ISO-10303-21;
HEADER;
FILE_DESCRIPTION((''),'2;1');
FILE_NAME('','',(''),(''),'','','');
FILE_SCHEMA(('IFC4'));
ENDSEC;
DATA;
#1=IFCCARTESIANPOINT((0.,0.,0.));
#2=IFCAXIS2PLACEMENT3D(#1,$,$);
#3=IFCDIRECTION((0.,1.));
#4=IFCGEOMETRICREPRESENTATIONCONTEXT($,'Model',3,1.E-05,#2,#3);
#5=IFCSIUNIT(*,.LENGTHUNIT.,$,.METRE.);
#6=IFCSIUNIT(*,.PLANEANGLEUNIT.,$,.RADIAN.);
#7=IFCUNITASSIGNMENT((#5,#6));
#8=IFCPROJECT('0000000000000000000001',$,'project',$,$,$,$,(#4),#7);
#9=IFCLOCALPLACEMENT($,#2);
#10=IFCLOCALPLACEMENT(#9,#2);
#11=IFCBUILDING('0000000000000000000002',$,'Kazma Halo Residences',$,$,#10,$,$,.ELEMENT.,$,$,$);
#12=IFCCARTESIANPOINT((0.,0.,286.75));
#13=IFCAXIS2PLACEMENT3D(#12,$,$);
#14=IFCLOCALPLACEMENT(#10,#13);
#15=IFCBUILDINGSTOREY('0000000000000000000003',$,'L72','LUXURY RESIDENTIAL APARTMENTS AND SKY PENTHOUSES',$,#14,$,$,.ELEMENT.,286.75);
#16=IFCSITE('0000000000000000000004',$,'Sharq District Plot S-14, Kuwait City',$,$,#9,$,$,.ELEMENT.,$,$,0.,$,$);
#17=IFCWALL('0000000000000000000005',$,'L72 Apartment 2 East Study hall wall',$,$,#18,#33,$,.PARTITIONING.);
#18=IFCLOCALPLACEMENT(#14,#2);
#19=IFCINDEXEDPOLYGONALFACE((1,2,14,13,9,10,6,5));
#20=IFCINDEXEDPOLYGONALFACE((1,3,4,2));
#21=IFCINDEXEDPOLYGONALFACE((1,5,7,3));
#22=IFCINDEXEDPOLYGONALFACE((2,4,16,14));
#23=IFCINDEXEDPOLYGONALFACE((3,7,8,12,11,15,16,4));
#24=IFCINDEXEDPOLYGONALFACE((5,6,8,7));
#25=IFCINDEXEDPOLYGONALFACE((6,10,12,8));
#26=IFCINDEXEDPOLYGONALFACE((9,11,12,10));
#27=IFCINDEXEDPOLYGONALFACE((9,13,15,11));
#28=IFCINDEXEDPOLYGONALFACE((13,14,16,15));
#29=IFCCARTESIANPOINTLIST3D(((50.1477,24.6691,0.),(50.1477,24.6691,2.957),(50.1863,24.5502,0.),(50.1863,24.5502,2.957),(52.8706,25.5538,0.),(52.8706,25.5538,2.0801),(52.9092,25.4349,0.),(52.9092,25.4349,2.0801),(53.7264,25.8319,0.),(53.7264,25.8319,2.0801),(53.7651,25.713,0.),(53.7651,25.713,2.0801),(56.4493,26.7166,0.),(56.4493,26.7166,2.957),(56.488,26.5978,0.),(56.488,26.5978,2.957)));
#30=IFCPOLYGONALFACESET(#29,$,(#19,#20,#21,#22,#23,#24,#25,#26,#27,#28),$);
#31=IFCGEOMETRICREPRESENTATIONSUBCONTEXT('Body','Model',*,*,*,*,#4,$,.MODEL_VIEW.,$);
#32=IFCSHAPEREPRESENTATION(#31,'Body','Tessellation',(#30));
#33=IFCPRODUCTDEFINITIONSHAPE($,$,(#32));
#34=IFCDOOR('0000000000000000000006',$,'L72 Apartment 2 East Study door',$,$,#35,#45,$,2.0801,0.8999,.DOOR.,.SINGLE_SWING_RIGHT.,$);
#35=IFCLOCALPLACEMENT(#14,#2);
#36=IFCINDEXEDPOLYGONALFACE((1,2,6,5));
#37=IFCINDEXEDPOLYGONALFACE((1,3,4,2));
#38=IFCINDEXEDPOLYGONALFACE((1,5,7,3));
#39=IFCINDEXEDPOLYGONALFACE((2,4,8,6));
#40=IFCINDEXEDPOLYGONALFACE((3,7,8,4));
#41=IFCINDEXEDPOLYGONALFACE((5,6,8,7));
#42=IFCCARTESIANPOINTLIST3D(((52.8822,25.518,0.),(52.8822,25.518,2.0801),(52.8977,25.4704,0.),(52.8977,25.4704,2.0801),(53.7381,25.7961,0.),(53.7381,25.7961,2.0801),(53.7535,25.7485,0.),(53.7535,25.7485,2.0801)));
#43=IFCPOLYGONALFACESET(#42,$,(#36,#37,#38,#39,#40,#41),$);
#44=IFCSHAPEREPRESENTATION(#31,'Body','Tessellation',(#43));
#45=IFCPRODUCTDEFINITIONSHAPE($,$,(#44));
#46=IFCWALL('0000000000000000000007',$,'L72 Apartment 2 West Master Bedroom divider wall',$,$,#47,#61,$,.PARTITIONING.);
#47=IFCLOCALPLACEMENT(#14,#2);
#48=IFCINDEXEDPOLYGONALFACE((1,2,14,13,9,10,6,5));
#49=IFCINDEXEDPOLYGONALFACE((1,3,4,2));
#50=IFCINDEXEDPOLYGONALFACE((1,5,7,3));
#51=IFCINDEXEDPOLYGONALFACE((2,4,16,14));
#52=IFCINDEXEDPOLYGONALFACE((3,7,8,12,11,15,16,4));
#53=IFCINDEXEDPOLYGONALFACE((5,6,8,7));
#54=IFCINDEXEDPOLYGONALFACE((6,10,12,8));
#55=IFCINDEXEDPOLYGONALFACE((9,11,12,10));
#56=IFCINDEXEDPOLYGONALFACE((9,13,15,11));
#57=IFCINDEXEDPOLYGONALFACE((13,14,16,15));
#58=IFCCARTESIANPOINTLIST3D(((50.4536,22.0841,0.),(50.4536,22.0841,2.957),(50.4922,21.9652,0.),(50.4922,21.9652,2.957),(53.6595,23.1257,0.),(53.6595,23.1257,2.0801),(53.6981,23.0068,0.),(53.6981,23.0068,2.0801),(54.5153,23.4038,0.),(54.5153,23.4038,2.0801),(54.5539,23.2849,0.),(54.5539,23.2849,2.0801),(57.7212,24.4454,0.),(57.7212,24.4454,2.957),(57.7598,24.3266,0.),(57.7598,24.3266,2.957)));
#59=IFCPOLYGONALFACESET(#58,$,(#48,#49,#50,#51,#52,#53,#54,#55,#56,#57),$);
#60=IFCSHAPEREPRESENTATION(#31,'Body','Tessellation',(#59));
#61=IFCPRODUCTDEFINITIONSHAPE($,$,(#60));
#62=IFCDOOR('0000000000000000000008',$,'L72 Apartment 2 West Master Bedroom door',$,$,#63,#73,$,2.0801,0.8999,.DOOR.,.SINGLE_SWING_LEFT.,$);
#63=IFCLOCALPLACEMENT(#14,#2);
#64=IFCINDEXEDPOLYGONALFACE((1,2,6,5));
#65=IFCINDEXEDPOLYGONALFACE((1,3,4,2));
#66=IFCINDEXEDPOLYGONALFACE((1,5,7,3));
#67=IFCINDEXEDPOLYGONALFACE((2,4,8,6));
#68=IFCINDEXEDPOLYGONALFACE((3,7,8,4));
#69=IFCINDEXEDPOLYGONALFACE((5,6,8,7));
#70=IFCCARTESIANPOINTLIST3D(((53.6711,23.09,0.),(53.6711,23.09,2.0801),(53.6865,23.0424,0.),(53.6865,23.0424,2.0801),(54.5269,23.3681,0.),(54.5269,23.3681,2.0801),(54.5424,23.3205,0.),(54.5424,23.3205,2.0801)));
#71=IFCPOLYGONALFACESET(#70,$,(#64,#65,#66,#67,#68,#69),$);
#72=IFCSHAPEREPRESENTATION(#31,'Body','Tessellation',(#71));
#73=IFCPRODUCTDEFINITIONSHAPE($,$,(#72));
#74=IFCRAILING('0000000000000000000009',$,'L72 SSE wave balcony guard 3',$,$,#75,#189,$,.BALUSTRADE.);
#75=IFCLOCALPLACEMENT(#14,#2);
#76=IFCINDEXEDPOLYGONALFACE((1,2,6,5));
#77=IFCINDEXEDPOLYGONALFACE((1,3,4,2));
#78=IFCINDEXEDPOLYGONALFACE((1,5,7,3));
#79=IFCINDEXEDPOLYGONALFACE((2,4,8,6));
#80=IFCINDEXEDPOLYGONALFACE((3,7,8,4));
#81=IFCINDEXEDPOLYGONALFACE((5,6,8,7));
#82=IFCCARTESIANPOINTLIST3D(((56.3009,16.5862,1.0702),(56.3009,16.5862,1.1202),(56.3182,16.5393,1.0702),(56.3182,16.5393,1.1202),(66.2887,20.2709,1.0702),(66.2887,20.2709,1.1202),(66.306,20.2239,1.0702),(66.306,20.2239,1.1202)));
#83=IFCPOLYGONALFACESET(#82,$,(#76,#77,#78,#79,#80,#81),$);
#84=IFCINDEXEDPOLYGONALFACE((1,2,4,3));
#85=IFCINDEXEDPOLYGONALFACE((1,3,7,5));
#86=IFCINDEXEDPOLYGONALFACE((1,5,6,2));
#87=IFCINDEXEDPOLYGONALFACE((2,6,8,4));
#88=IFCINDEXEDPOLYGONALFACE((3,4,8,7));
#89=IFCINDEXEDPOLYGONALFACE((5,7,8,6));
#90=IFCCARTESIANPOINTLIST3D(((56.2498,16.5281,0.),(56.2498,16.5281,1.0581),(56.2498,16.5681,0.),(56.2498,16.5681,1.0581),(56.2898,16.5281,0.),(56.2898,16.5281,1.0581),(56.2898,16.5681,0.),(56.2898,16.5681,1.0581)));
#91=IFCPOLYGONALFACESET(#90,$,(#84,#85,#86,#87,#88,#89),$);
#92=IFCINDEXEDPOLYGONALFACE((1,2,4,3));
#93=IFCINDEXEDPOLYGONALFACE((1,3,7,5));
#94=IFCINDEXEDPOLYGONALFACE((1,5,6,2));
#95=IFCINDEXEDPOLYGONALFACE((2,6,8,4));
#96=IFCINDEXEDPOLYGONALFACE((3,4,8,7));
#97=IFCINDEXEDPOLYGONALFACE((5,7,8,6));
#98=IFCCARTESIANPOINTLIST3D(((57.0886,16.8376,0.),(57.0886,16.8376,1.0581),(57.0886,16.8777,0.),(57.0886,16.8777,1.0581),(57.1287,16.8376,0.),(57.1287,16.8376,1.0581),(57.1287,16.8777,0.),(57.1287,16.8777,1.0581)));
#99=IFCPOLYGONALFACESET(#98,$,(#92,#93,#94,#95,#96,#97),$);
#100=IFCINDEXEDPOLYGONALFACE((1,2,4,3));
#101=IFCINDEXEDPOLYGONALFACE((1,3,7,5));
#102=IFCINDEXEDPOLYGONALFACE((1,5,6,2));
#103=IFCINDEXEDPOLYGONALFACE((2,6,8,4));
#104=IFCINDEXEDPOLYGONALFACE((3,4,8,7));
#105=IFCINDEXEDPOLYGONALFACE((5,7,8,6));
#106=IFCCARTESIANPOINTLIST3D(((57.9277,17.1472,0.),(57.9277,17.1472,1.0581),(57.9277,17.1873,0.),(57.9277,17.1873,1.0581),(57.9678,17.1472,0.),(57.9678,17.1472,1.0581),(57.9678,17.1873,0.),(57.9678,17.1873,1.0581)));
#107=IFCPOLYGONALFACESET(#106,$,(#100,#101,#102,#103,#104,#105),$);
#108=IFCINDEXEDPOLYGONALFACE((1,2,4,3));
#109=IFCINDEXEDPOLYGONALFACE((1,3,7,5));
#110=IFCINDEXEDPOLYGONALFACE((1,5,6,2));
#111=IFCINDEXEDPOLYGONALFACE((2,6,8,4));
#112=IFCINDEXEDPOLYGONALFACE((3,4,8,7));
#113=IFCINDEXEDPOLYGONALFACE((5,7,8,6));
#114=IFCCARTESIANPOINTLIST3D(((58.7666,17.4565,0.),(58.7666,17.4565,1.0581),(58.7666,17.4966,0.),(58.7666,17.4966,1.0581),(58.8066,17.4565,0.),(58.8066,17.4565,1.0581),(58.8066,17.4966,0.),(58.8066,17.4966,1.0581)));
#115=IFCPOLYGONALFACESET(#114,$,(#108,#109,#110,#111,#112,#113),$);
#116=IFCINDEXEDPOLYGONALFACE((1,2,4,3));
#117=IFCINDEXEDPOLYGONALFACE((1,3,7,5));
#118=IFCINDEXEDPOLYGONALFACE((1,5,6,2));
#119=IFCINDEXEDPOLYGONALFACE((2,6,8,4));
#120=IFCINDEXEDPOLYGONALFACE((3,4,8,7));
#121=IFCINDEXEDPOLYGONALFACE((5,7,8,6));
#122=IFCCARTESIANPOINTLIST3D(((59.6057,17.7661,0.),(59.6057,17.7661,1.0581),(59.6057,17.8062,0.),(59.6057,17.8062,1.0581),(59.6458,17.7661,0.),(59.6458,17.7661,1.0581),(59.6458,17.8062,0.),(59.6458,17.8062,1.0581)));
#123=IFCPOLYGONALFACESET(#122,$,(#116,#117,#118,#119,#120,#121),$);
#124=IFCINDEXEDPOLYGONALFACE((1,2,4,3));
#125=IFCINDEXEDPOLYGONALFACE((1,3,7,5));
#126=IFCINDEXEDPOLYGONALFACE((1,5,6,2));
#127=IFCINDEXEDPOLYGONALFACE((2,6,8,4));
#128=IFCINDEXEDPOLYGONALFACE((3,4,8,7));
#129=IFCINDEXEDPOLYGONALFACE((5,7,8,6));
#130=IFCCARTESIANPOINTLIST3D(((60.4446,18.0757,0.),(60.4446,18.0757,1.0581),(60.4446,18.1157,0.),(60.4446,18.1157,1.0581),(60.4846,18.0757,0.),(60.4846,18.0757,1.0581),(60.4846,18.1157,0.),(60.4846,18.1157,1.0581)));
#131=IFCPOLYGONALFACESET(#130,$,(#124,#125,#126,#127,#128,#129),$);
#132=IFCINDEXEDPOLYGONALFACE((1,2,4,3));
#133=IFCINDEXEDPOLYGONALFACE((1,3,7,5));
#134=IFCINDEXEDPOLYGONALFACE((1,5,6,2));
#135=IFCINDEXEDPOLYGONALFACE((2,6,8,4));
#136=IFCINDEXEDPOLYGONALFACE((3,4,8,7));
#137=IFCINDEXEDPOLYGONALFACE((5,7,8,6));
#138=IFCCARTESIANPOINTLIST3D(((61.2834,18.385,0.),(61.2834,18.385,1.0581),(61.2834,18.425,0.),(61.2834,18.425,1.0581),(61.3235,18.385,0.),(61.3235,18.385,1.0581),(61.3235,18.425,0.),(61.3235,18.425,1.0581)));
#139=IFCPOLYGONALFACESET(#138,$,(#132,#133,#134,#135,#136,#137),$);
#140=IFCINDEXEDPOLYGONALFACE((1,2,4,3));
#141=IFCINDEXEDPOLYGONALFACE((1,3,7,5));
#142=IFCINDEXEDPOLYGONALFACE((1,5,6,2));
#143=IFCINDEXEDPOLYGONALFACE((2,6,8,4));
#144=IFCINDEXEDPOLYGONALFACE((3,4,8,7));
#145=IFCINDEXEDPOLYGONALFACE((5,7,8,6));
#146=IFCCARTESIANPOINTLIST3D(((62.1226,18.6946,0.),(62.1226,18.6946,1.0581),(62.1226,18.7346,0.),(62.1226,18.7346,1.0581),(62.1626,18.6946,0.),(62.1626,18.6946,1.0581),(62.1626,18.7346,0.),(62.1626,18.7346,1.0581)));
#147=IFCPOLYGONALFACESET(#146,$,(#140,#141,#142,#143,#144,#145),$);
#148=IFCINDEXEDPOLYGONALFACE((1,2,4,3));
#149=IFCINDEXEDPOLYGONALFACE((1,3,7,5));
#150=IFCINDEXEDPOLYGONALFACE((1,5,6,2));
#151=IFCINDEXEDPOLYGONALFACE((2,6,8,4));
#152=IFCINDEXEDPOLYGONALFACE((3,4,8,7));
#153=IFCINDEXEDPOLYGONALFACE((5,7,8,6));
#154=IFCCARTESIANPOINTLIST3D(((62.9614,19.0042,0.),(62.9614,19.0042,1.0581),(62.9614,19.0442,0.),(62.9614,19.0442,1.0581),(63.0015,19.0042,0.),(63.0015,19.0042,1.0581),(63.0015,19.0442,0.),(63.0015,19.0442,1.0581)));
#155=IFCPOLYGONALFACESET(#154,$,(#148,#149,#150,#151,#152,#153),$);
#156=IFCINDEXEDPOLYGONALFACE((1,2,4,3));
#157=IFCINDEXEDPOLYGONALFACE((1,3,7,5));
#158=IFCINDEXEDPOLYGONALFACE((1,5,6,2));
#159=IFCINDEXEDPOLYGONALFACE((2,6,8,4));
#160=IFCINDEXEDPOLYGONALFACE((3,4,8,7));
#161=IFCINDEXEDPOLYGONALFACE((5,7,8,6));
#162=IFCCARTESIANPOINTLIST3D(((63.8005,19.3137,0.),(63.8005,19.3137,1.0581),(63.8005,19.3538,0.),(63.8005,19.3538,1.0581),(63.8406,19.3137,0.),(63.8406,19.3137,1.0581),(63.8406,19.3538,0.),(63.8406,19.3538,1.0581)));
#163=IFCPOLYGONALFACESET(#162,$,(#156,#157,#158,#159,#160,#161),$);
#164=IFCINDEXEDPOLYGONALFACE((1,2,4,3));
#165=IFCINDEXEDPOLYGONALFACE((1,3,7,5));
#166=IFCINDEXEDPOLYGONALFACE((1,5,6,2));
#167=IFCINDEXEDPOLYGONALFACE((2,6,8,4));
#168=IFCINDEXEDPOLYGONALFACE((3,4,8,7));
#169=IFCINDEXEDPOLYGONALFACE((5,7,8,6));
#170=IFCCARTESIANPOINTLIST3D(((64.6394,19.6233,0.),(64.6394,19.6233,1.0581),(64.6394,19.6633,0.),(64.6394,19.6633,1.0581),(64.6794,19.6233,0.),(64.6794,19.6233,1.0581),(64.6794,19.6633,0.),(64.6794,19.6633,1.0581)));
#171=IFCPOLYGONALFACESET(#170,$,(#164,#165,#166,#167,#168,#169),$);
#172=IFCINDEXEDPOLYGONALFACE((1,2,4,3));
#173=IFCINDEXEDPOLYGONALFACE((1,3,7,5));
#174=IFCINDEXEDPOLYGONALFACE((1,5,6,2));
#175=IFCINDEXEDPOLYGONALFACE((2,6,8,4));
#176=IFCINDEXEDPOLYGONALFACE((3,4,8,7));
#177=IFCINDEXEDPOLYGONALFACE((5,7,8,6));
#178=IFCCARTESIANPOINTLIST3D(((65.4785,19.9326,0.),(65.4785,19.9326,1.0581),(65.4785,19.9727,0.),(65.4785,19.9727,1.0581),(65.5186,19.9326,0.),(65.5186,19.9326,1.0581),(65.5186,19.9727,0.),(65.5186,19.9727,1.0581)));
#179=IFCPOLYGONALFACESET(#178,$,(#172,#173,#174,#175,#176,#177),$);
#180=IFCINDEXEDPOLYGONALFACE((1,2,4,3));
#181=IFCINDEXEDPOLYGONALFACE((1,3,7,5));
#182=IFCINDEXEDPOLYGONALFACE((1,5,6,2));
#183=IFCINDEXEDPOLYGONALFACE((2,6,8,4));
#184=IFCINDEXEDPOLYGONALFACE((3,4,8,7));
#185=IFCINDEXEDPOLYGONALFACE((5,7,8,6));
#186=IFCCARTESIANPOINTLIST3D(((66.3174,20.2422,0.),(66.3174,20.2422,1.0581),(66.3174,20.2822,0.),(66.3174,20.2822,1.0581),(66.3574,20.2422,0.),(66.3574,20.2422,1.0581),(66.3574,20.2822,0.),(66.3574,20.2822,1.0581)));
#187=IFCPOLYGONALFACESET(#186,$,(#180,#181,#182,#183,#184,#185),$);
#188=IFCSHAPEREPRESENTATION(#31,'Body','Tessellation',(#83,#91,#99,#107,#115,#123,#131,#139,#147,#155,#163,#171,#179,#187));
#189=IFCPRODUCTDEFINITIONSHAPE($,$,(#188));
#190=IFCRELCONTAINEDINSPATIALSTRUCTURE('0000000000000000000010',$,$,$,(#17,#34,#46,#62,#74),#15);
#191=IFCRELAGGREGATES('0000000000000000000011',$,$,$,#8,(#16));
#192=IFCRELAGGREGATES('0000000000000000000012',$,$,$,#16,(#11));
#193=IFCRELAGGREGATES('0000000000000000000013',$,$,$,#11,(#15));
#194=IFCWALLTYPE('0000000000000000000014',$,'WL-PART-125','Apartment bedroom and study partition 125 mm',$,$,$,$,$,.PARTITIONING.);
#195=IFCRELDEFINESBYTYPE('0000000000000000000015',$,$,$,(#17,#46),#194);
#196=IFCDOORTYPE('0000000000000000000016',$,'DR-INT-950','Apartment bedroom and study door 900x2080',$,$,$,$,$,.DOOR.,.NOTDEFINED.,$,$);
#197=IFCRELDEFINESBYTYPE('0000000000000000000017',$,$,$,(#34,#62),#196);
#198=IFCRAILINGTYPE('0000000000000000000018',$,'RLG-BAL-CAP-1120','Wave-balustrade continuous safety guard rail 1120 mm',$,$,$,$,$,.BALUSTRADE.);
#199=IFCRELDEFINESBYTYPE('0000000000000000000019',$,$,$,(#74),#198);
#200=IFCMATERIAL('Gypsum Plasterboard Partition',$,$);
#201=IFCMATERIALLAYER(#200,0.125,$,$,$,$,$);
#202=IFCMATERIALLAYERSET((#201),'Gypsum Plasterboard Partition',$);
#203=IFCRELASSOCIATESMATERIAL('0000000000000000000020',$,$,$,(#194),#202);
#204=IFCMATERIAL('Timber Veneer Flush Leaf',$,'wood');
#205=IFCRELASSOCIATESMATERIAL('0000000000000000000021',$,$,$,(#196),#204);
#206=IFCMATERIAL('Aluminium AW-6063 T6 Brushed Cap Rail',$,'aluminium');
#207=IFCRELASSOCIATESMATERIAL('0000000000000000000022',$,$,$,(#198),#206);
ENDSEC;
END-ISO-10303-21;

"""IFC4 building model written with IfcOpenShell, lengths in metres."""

from ifc_helpers import new_model, si_unit, direction, frame, frame_2d, origin, origin_2d, place, context, subcontext, project, spatial, rectangle, extrude, material, layer, layer_set, type_object, element, fill, save


model = new_model("IFC4")

# Units and contexts
model_context = context("Model", 3, precision=1e-05, world=origin(), true_north=direction((0.0, 1.0)))
body_context = subcontext(model_context, "Body", "Model", "MODEL_VIEW")
ifc_project = project(units=[si_unit("LENGTHUNIT", "METRE"), si_unit("PLANEANGLEUNIT", "RADIAN")], contexts=[model_context])

# Site, building, storey
site_placement = place(None, origin())
site = spatial("IfcSite", under=ifc_project, at=site_placement, Name="Sharq District Plot S-14, Kuwait City", CompositionType="ELEMENT", RefElevation=0.0)
building_placement = place(site_placement, origin())
building = spatial("IfcBuilding", under=site, at=building_placement, Name="Kazma Halo Residences", CompositionType="ELEMENT")
storey_placement = place(building_placement, frame((0.0, 0.0, 286.75)))
storey = spatial("IfcBuildingStorey", under=building, at=storey_placement, Name="L72", Description="LUXURY RESIDENTIAL APARTMENTS AND SKY PENTHOUSES", CompositionType="ELEMENT", Elevation=286.75)

# Shared definitions
ifc_material_1 = material(Name="Gypsum Plasterboard Partition")
ifc_layer_1 = layer(ifc_material_1, 0.125)
ifc_layer_set_1 = layer_set([ifc_layer_1], Name="Gypsum Plasterboard Partition")
wall_type_1 = type_object("IfcWallType", Name="WL-PART-125", Description="Apartment bedroom and study partition 125 mm", PredefinedType="PARTITIONING", material=ifc_layer_set_1)

# Walls, openings, doors
wall_1_placement = place(storey_placement, frame((50.167, 24.6096, 0.0), z_axis=(0.0, 0.0, 1.0), x_axis=(0.951055, 0.309023, 0.0)))
wall_1 = element("IfcWall", 1, at=wall_1_placement, inside=storey, type_object=wall_type_1, Name="L72 Apartment 2 East Study hall wall", PredefinedType="PARTITIONING", context=body_context, shape_type="SweptSolid", body=[
    extrude(rectangle(XDim=6.626, YDim=0.125, at=frame_2d((3.313, 0.0))), origin(), (0.0, 0.0, 1.0), 2.957),
])
opening_1_placement = place(wall_1_placement, frame((2.863, 0.0, 0.0)))
opening_1 = element("IfcOpeningElement", 2, at=opening_1_placement, cuts=wall_1, PredefinedType="OPENING", context=body_context, shape_type="SweptSolid", body=[
    extrude(rectangle(XDim=0.8999, YDim=2.0801, at=frame_2d((0.45, 1.04))), frame((0.0, 0.0725, 0.0), z_axis=(0.0, -1.0, 0.0), x_axis=(1.0, 0.0, 0.0)), (0.0, 0.0, 1.0), 0.145),
])
ifc_material_2 = material(Name="Timber Veneer Flush Leaf", Category="wood")
door_type_1 = type_object("IfcDoorType", Name="DR-INT-950", Description="Apartment bedroom and study door 900x2080", OperationType="NOTDEFINED", PredefinedType="DOOR", material=ifc_material_2)
door_1_placement = place(opening_1_placement, origin())
door_1 = element("IfcDoor", 3, at=door_1_placement, inside=storey, type_object=door_type_1, Name="L72 Apartment 2 East Study door", OperationType="SINGLE_SWING_RIGHT", OverallHeight=2.0801, OverallWidth=0.8999, PredefinedType="DOOR", context=body_context, shape_type="SweptSolid", body=[
    extrude(rectangle(XDim=0.8999, YDim=2.0801, at=frame_2d((0.45, 1.04))), frame((0.0, 0.0249, 0.0), z_axis=(0.0, -1.0, 0.0), x_axis=(1.0, 0.0, 0.0)), (0.0, 0.0, 1.0), 0.05),
])
fill(opening_1, door_1)
wall_2_placement = place(storey_placement, frame((50.4729, 22.0247, 0.0), z_axis=(0.0, 0.0, 1.0), x_axis=(0.951058, 0.309011, 0.0)))
wall_2 = element("IfcWall", 4, at=wall_2_placement, inside=storey, type_object=wall_type_1, Name="L72 Apartment 2 West Master Bedroom divider wall", PredefinedType="PARTITIONING", context=body_context, shape_type="SweptSolid", body=[
    extrude(rectangle(XDim=7.6416, YDim=0.125, at=frame_2d((3.8208, 0.0))), origin(), (0.0, 0.0, 1.0), 2.957),
])
opening_2_placement = place(wall_2_placement, frame((3.3708, 0.0, 0.0)))
opening_2 = element("IfcOpeningElement", 5, at=opening_2_placement, cuts=wall_2, PredefinedType="OPENING", context=body_context, shape_type="SweptSolid", body=[
    extrude(rectangle(XDim=0.8999, YDim=2.0801, at=frame_2d((0.45, 1.04))), frame((0.0, 0.0725, 0.0), z_axis=(0.0, -1.0, 0.0), x_axis=(1.0, 0.0, 0.0)), (0.0, 0.0, 1.0), 0.145),
])
door_2_placement = place(opening_2_placement, origin())
door_2 = element("IfcDoor", 6, at=door_2_placement, inside=storey, type_object=door_type_1, Name="L72 Apartment 2 West Master Bedroom door", OperationType="SINGLE_SWING_LEFT", OverallHeight=2.0801, OverallWidth=0.8999, PredefinedType="DOOR", context=body_context, shape_type="SweptSolid", body=[
    extrude(rectangle(XDim=0.8999, YDim=2.0801, at=frame_2d((0.45, 1.04))), frame((0.0, 0.0249, 0.0), z_axis=(0.0, -1.0, 0.0), x_axis=(1.0, 0.0, 0.0)), (0.0, 0.0, 1.0), 0.05),
])
fill(opening_2, door_2)

# Railing
ifc_material_3 = material(Name="Aluminium AW-6063 T6 Brushed Cap Rail", Category="aluminium")
railing_type = type_object("IfcRailingType", Name="RLG-BAL-CAP-1120", Description="Wave-balustrade continuous safety guard rail 1120 mm", PredefinedType="BALUSTRADE", material=ifc_material_3)
railing_placement = place(storey_placement, frame((56.2698, 16.5481, 0.0)))
element("IfcRailing", 7, at=railing_placement, inside=storey, type_object=railing_type, Name="L72 SSE wave balcony guard 3", PredefinedType="BALUSTRADE", context=body_context, shape_type="SweptSolid", body=[
    extrude(rectangle(XDim=0.05, YDim=0.05, at=origin_2d()), frame((0.0398, 0.0146, 1.0952), z_axis=(0.938192, 0.346114, 0.0), x_axis=(-0.346114, 0.938192, 0.0)), (0.0, 0.0, 1.0), 10.6458),
    extrude(rectangle(XDim=0.04, YDim=0.04, at=origin_2d()), origin(), (0.0, 0.0, 1.0), 1.0581),
    extrude(rectangle(XDim=0.04, YDim=0.04, at=origin_2d()), frame((0.8389, 0.3096, 0.0)), (0.0, 0.0, 1.0), 1.0581),
    extrude(rectangle(XDim=0.04, YDim=0.04, at=origin_2d()), frame((1.678, 0.6191, 0.0)), (0.0, 0.0, 1.0), 1.0581),
    extrude(rectangle(XDim=0.04, YDim=0.04, at=origin_2d()), frame((2.5168, 0.9285, 0.0)), (0.0, 0.0, 1.0), 1.0581),
    extrude(rectangle(XDim=0.04, YDim=0.04, at=origin_2d()), frame((3.356, 1.238, 0.0)), (0.0, 0.0, 1.0), 1.0581),
    extrude(rectangle(XDim=0.04, YDim=0.04, at=origin_2d()), frame((4.1948, 1.5476, 0.0)), (0.0, 0.0, 1.0), 1.0581),
    extrude(rectangle(XDim=0.04, YDim=0.04, at=origin_2d()), frame((5.0337, 1.8569, 0.0)), (0.0, 0.0, 1.0), 1.0581),
    extrude(rectangle(XDim=0.04, YDim=0.04, at=origin_2d()), frame((5.8728, 2.1665, 0.0)), (0.0, 0.0, 1.0), 1.0581),
    extrude(rectangle(XDim=0.04, YDim=0.04, at=origin_2d()), frame((6.7117, 2.4761, 0.0)), (0.0, 0.0, 1.0), 1.0581),
    extrude(rectangle(XDim=0.04, YDim=0.04, at=origin_2d()), frame((7.5508, 2.7856, 0.0)), (0.0, 0.0, 1.0), 1.0581),
    extrude(rectangle(XDim=0.04, YDim=0.04, at=origin_2d()), frame((8.3896, 3.0952, 0.0)), (0.0, 0.0, 1.0), 1.0581),
    extrude(rectangle(XDim=0.04, YDim=0.04, at=origin_2d()), frame((9.2288, 3.4045, 0.0)), (0.0, 0.0, 1.0), 1.0581),
    extrude(rectangle(XDim=0.04, YDim=0.04, at=origin_2d()), frame((10.0676, 3.7141, 0.0)), (0.0, 0.0, 1.0), 1.0581),
])

save(model, "model.ifc")
